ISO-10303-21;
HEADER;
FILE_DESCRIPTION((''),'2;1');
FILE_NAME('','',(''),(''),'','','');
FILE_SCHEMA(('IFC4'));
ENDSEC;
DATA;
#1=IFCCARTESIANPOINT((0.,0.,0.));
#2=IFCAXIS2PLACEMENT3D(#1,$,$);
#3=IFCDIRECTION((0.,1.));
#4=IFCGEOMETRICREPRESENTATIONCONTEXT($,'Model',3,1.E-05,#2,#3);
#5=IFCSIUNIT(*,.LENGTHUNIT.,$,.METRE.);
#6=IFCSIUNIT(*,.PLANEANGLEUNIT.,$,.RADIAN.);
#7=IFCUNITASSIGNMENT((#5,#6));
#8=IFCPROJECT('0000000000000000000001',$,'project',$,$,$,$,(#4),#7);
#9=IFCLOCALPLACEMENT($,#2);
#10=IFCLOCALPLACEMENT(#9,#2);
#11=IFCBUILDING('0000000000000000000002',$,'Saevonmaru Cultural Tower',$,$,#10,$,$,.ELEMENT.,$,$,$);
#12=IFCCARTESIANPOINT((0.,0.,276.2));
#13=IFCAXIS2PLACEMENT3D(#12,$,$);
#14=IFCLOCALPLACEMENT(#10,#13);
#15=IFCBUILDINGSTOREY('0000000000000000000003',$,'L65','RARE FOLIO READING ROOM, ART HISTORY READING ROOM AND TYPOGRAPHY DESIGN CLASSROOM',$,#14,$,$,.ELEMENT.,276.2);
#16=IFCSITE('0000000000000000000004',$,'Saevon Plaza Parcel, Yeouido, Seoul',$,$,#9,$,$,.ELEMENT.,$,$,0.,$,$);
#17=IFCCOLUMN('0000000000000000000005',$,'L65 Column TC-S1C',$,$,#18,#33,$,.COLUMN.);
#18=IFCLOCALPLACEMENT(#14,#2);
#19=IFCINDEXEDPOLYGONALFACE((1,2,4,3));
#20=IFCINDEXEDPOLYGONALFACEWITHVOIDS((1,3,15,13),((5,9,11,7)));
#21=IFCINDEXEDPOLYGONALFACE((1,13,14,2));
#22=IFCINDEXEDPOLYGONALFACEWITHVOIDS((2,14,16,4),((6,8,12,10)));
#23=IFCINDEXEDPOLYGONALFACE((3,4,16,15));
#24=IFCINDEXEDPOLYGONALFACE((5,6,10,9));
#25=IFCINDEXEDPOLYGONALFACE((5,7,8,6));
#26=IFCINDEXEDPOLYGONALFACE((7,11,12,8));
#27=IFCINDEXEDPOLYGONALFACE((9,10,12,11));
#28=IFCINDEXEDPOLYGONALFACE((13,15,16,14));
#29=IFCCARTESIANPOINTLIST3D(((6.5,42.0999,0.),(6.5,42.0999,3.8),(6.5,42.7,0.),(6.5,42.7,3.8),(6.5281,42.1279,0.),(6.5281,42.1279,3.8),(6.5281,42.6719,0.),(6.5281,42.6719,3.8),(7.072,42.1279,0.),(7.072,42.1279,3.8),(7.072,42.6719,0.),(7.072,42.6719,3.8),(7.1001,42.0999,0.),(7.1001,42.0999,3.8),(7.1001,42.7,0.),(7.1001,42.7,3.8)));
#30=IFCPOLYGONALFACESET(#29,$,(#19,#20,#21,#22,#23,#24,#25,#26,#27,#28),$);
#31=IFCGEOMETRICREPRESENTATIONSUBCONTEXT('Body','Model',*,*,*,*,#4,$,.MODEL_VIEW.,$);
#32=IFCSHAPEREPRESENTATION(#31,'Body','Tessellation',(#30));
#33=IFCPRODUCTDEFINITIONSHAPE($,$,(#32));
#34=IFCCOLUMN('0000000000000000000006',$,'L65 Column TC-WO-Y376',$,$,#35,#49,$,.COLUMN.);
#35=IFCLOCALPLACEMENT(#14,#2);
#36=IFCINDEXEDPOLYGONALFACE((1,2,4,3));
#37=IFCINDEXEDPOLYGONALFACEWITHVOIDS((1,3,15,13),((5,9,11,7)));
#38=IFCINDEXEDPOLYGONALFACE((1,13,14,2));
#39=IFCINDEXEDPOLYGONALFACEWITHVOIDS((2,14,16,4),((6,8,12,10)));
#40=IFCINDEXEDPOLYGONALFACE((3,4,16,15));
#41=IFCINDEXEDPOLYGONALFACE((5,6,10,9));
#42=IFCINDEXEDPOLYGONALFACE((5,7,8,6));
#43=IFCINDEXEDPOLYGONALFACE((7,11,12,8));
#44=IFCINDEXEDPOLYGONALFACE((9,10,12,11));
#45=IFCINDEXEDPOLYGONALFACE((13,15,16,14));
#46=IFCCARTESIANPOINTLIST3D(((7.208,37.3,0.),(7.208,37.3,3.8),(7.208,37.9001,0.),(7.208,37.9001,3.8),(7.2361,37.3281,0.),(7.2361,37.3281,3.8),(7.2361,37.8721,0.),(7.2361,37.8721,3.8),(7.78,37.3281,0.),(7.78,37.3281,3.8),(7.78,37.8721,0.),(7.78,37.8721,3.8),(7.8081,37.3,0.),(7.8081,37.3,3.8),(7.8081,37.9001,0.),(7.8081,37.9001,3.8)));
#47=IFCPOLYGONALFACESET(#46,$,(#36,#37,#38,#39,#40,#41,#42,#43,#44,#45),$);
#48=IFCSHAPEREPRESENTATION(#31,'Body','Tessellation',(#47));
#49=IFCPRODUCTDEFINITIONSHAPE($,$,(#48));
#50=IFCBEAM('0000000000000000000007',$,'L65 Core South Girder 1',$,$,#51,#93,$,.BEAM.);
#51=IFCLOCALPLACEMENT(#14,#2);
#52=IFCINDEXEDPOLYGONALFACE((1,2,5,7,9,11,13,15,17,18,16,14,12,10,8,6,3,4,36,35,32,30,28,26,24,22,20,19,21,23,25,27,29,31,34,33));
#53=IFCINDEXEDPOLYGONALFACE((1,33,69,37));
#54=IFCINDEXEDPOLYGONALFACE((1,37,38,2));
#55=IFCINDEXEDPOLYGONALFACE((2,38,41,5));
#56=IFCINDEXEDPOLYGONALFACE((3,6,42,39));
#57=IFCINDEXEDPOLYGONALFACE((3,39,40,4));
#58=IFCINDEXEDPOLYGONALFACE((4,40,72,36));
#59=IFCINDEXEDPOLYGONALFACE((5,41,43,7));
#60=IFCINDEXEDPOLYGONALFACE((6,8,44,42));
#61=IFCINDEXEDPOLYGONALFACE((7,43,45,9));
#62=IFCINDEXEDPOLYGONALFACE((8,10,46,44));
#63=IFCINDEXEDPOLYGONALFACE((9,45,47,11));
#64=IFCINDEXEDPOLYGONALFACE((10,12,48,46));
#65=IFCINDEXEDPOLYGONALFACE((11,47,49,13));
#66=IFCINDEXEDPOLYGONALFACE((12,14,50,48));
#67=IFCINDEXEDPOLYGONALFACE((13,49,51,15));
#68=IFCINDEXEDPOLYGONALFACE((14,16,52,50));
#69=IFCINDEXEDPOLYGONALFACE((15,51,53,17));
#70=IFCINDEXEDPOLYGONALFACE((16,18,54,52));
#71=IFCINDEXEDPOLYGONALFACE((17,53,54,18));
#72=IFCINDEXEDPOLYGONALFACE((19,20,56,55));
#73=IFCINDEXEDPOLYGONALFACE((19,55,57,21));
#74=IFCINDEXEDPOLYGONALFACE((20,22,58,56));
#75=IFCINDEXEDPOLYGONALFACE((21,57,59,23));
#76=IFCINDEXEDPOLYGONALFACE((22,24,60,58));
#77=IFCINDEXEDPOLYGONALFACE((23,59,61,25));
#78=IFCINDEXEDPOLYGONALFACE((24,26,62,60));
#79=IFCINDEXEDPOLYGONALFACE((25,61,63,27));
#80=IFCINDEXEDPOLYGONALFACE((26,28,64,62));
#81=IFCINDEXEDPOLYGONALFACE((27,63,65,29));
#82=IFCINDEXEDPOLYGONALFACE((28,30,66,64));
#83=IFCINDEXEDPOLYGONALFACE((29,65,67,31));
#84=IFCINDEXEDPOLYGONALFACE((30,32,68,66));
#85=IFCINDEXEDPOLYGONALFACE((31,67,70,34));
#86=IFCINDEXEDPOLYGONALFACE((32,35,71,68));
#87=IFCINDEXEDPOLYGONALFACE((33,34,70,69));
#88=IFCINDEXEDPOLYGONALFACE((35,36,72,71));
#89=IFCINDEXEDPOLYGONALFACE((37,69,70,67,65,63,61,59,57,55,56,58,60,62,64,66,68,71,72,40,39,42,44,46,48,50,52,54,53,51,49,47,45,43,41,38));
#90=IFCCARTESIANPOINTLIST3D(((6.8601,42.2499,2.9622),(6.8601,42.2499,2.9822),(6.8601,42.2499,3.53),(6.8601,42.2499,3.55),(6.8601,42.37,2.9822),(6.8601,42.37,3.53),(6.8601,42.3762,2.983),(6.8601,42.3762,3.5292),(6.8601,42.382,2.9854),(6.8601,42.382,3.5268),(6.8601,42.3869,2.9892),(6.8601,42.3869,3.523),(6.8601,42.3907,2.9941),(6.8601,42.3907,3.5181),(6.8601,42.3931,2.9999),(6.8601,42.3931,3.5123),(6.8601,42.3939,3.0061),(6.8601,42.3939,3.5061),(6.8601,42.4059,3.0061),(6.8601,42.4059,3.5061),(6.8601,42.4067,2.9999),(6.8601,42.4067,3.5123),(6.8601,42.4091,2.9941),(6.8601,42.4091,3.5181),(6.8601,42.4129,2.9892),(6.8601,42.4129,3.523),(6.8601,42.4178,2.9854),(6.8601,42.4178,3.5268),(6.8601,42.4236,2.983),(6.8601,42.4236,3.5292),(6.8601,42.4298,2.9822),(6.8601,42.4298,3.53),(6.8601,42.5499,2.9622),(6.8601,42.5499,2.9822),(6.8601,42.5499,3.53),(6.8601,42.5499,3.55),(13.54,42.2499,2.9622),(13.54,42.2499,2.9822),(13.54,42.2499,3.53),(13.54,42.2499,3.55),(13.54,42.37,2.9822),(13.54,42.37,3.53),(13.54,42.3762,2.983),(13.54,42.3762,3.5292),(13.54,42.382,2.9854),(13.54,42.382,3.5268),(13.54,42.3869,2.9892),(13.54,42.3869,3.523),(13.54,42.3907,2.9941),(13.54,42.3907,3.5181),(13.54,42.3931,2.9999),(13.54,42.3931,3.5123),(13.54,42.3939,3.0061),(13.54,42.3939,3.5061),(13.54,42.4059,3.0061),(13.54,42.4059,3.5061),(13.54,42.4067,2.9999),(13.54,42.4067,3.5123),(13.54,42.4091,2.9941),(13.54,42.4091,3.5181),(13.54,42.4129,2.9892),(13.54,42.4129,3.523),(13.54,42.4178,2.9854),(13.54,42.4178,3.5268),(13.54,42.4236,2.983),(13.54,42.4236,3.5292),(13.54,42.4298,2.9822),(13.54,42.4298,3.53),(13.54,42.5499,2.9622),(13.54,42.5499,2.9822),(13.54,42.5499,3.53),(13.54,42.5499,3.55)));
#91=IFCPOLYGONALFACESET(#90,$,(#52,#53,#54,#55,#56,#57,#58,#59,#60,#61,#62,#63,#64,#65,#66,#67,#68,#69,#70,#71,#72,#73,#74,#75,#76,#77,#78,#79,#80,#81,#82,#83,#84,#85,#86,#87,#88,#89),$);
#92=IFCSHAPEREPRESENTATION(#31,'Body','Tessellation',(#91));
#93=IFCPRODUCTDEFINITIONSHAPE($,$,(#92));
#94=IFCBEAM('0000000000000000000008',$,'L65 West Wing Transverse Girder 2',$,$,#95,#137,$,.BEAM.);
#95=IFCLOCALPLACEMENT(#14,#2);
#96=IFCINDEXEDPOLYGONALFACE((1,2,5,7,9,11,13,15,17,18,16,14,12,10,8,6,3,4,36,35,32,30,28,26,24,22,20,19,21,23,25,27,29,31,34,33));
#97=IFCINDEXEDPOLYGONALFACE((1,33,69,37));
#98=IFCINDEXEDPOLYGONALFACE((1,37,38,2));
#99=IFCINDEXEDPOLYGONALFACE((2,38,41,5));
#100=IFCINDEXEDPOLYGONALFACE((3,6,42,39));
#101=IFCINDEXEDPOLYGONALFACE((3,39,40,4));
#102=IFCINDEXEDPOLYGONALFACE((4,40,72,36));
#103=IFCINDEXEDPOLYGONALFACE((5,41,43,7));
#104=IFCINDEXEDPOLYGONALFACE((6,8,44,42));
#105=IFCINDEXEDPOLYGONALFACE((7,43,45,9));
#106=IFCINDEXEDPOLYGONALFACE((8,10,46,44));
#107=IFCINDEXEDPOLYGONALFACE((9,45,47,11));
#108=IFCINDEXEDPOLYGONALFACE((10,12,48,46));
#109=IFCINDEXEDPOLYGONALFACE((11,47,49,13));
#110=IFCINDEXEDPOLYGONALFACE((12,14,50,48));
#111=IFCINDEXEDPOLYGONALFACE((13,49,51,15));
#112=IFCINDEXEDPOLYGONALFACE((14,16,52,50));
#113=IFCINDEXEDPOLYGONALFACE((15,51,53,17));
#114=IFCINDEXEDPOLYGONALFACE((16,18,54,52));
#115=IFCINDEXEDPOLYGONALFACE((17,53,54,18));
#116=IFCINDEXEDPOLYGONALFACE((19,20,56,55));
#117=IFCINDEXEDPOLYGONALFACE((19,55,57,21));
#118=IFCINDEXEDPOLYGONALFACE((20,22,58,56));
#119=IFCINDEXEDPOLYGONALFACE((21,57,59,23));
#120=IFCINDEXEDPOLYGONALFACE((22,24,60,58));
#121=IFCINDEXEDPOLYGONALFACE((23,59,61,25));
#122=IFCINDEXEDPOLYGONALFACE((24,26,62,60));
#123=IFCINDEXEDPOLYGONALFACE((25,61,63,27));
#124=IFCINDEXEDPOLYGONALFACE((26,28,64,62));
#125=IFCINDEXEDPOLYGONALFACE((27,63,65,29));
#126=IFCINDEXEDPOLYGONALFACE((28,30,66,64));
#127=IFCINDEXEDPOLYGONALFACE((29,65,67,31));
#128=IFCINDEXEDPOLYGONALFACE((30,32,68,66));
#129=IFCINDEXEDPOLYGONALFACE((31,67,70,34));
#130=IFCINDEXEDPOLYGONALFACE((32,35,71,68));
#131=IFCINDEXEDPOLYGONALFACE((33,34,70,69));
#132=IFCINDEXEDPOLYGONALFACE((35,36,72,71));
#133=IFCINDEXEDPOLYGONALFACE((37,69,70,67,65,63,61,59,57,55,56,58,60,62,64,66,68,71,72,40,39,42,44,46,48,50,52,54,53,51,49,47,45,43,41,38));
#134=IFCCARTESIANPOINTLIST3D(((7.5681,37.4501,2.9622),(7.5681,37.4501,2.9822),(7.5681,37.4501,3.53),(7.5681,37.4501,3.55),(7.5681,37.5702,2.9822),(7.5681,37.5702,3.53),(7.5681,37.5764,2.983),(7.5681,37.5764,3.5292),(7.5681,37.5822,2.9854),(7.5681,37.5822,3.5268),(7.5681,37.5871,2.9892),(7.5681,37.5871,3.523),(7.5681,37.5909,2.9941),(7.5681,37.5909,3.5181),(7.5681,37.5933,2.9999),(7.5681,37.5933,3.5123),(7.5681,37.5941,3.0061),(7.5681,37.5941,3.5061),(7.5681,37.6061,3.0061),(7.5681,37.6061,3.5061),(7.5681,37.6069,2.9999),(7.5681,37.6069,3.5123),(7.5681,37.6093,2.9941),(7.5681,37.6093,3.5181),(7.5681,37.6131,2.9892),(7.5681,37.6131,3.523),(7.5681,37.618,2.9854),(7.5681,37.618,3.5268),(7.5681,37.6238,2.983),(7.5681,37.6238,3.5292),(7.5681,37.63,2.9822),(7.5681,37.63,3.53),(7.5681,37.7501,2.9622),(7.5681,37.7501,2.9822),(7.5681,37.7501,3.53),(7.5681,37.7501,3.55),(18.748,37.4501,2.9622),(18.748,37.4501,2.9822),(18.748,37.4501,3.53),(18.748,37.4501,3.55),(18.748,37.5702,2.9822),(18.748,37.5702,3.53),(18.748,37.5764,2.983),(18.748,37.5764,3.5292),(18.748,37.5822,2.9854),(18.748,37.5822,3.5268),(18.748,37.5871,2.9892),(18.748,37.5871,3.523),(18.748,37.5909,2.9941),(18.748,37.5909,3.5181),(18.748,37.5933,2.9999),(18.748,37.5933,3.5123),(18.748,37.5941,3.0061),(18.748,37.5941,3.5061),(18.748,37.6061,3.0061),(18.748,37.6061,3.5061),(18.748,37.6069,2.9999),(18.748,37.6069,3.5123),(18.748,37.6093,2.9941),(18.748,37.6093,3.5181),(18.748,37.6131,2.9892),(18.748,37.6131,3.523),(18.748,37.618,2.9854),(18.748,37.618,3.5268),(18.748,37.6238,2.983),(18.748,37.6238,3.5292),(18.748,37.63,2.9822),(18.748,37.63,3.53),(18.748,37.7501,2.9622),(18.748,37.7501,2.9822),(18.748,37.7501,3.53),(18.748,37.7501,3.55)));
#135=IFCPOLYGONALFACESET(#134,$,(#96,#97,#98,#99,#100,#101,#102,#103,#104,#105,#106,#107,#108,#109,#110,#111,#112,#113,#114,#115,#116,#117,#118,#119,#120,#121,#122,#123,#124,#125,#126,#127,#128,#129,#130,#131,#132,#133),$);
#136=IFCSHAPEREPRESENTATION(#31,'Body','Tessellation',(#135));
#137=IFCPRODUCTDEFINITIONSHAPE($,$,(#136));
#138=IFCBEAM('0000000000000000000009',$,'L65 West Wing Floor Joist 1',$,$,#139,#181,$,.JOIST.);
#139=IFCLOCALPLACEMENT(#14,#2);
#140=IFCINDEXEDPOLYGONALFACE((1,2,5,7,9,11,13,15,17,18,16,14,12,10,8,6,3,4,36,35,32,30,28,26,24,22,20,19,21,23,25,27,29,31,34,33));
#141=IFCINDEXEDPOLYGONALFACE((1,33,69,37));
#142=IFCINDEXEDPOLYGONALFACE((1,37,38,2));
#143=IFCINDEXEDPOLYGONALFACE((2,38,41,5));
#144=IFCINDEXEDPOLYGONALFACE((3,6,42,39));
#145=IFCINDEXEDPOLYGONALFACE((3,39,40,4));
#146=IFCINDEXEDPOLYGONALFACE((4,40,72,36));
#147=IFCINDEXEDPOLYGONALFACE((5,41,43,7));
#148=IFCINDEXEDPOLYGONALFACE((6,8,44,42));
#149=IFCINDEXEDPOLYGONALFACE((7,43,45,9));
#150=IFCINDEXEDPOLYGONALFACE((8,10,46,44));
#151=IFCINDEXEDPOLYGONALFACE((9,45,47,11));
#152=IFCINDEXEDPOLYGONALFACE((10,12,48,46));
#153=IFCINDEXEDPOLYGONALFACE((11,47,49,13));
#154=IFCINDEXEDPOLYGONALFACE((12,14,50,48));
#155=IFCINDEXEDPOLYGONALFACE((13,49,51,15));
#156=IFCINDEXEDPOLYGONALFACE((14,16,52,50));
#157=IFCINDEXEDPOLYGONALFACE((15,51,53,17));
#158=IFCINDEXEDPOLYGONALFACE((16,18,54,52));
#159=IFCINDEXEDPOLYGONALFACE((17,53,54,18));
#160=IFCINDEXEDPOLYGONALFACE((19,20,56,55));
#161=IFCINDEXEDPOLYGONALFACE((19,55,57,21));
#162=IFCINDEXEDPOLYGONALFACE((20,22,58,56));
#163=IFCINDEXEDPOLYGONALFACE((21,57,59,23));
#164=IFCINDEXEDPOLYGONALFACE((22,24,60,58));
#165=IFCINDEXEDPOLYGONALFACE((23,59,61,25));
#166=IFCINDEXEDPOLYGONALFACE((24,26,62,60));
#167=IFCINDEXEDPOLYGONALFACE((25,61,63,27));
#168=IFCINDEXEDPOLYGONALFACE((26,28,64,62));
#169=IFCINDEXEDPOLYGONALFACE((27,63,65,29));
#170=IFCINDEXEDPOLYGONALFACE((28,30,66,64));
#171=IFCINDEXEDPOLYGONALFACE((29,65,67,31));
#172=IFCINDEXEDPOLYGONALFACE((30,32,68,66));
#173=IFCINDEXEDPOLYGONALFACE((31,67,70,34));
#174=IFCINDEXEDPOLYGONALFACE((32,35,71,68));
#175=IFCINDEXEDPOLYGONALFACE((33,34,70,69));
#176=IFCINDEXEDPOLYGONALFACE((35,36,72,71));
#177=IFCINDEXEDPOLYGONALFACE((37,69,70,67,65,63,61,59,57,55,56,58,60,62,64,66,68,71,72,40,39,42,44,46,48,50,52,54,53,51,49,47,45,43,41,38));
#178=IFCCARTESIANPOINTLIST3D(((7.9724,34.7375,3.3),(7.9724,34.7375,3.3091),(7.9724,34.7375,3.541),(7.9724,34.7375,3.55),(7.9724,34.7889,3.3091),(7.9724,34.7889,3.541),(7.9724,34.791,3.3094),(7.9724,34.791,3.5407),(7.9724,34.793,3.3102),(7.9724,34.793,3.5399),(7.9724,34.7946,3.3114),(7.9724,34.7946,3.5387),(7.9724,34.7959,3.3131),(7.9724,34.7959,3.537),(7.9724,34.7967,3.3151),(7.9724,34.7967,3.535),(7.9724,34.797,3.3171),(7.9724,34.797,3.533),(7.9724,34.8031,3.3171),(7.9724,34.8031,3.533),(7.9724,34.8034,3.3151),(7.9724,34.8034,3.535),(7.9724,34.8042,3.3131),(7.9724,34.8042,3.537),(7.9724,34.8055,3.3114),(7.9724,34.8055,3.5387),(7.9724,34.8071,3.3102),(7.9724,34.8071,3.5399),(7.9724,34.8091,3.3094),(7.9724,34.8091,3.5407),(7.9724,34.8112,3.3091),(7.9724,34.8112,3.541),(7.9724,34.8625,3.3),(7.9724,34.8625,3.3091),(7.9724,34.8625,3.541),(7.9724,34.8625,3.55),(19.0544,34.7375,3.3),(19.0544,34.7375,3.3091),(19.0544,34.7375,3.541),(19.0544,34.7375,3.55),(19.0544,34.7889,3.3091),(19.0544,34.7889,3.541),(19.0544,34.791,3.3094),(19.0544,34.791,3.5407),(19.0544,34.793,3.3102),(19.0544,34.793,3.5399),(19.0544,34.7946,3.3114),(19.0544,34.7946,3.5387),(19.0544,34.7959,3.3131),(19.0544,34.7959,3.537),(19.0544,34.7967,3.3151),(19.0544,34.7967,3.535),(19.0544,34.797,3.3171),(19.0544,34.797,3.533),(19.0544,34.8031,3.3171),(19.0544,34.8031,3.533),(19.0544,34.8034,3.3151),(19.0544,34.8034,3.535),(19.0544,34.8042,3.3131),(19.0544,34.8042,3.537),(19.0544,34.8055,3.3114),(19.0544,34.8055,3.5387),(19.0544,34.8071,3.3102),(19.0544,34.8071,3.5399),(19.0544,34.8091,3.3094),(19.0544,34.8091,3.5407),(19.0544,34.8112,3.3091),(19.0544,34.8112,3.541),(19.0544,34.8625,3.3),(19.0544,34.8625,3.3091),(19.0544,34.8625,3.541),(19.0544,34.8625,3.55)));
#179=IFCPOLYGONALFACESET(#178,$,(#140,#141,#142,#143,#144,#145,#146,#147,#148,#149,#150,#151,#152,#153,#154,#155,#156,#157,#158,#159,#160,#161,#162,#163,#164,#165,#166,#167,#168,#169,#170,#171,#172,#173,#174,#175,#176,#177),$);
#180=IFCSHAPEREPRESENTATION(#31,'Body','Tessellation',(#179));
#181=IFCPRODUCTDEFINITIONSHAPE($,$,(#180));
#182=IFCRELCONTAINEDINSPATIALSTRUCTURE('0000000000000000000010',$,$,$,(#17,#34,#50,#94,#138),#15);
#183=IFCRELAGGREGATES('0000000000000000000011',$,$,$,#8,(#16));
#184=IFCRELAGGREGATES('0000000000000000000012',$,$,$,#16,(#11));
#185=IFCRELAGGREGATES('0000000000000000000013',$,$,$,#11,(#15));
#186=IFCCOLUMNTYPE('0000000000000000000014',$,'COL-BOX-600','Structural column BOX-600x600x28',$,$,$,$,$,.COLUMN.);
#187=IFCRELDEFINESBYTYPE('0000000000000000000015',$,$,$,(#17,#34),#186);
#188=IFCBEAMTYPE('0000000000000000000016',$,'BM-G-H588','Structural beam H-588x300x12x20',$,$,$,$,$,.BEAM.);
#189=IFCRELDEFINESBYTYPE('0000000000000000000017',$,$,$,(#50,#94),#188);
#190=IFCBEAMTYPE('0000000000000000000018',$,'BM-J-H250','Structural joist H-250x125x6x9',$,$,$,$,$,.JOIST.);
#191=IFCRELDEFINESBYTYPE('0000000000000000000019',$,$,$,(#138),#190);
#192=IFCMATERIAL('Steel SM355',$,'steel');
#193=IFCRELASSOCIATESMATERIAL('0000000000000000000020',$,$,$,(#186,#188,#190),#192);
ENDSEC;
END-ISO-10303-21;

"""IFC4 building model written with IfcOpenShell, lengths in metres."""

from ifc_helpers import new_model, si_unit, direction, frame, origin, origin_2d, place, context, subcontext, project, spatial, hollow_rectangle, i_section, extrude, material, material_profile, profile_set, type_object, element, save


model = new_model("IFC4")

# Units and contexts
model_context = context("Model", 3, precision=1e-05, world=origin(), true_north=direction((0.0, 1.0)))
body_context = subcontext(model_context, "Body", "Model", "MODEL_VIEW")
ifc_project = project(units=[si_unit("LENGTHUNIT", "METRE"), si_unit("PLANEANGLEUNIT", "RADIAN")], contexts=[model_context])

# Site, building, storey
site_placement = place(None, origin())
site = spatial("IfcSite", under=ifc_project, at=site_placement, Name="Saevon Plaza Parcel, Yeouido, Seoul", CompositionType="ELEMENT", RefElevation=0.0)
building_placement = place(site_placement, origin())
building = spatial("IfcBuilding", under=site, at=building_placement, Name="Saevonmaru Cultural Tower", CompositionType="ELEMENT")
storey_placement = place(building_placement, frame((0.0, 0.0, 276.2)))
storey = spatial("IfcBuildingStorey", under=building, at=storey_placement, Name="L65", Description="RARE FOLIO READING ROOM, ART HISTORY READING ROOM AND TYPOGRAPHY DESIGN CLASSROOM", CompositionType="ELEMENT", Elevation=276.2)

# Columns
ifc_material_1 = material(Name="Steel SM355", Category="steel")
ifc_material_profile_1 = material_profile(ifc_material_1, hollow_rectangle(XDim=0.6001, YDim=0.6001, WallThickness=0.0281, at=origin_2d()), Name="BOX-600x600x28")
ifc_profile_set_1 = profile_set([ifc_material_profile_1], Name="Steel SM355")
column_type = type_object("IfcColumnType", Name="COL-BOX-600", Description="Structural column BOX-600x600x28", PredefinedType="COLUMN", material=ifc_profile_set_1)
for number, where, z_axis, x_axis, name in (
    (1, (6.8, 42.3999, 0.0), (0.0, 0.0, 1.0), (1.0, 0.0, 0.0), "L65 Column TC-S1C"),
    (2, (7.5081, 37.6001, 0.0), (0.0, 0.0, 1.0), (1.0, 0.0, 0.0), "L65 Column TC-WO-Y376"),
):
    element("IfcColumn", number, at=place(storey_placement, frame(where, z_axis=z_axis, x_axis=x_axis)), inside=storey, type_object=column_type, Name=name, PredefinedType="COLUMN", context=body_context, shape_type="SweptSolid", body=[
        extrude(hollow_rectangle(XDim=0.6001, YDim=0.6001, WallThickness=0.0281, at=origin_2d()), origin(), (0.0, 0.0, 1.0), 3.8),
    ])

# Beams
ifc_material_profile_2 = material_profile(ifc_material_1, i_section(OverallWidth=0.3, OverallDepth=0.5879, WebThickness=0.012, FlangeThickness=0.02, FilletRadius=0.0239, at=origin_2d()), Name="H-588x300x12x20")
ifc_profile_set_2 = profile_set([ifc_material_profile_2], Name="Steel SM355")
beam_type_1 = type_object("IfcBeamType", Name="BM-G-H588", Description="Structural beam H-588x300x12x20", PredefinedType="BEAM", material=ifc_profile_set_2)
beam_1_placement = place(storey_placement, frame((6.8601, 42.3999, 3.2561), z_axis=(1.0, 0.0, 0.0), x_axis=(0.0, 1.0, 0.0)))
element("IfcBeam", 3, at=beam_1_placement, inside=storey, type_object=beam_type_1, Name="L65 Core South Girder 1", PredefinedType="BEAM", context=body_context, shape_type="SweptSolid", body=[
    extrude(i_section(OverallWidth=0.3, OverallDepth=0.5879, WebThickness=0.012, FlangeThickness=0.02, FilletRadius=0.0239, at=origin_2d()), origin(), (0.0, 0.0, 1.0), 6.6799),
])
beam_2_placement = place(storey_placement, frame((7.5681, 37.6001, 3.2561), z_axis=(1.0, 0.0, 0.0), x_axis=(0.0, 1.0, 0.0)))
element("IfcBeam", 4, at=beam_2_placement, inside=storey, type_object=beam_type_1, Name="L65 West Wing Transverse Girder 2", PredefinedType="BEAM", context=body_context, shape_type="SweptSolid", body=[
    extrude(i_section(OverallWidth=0.3, OverallDepth=0.5879, WebThickness=0.012, FlangeThickness=0.02, FilletRadius=0.0239, at=origin_2d()), origin(), (0.0, 0.0, 1.0), 11.1799),
])
ifc_material_profile_3 = material_profile(ifc_material_1, i_section(OverallWidth=0.125, OverallDepth=0.25, WebThickness=0.0061, FlangeThickness=0.009, FilletRadius=0.0081, at=origin_2d()), Name="H-250x125x6x9")
ifc_profile_set_3 = profile_set([ifc_material_profile_3], Name="Steel SM355")
beam_type_2 = type_object("IfcBeamType", Name="BM-J-H250", Description="Structural joist H-250x125x6x9", PredefinedType="JOIST", material=ifc_profile_set_3)
beam_3_placement = place(storey_placement, frame((7.9724, 34.8, 3.425), z_axis=(1.0, 0.0, 0.0), x_axis=(0.0, 1.0, 0.0)))
element("IfcBeam", 5, at=beam_3_placement, inside=storey, type_object=beam_type_2, Name="L65 West Wing Floor Joist 1", PredefinedType="JOIST", context=body_context, shape_type="SweptSolid", body=[
    extrude(i_section(OverallWidth=0.125, OverallDepth=0.25, WebThickness=0.0061, FlangeThickness=0.009, FilletRadius=0.0081, at=origin_2d()), origin(), (0.0, 0.0, 1.0), 11.082),
])

save(model, "model.ifc")
